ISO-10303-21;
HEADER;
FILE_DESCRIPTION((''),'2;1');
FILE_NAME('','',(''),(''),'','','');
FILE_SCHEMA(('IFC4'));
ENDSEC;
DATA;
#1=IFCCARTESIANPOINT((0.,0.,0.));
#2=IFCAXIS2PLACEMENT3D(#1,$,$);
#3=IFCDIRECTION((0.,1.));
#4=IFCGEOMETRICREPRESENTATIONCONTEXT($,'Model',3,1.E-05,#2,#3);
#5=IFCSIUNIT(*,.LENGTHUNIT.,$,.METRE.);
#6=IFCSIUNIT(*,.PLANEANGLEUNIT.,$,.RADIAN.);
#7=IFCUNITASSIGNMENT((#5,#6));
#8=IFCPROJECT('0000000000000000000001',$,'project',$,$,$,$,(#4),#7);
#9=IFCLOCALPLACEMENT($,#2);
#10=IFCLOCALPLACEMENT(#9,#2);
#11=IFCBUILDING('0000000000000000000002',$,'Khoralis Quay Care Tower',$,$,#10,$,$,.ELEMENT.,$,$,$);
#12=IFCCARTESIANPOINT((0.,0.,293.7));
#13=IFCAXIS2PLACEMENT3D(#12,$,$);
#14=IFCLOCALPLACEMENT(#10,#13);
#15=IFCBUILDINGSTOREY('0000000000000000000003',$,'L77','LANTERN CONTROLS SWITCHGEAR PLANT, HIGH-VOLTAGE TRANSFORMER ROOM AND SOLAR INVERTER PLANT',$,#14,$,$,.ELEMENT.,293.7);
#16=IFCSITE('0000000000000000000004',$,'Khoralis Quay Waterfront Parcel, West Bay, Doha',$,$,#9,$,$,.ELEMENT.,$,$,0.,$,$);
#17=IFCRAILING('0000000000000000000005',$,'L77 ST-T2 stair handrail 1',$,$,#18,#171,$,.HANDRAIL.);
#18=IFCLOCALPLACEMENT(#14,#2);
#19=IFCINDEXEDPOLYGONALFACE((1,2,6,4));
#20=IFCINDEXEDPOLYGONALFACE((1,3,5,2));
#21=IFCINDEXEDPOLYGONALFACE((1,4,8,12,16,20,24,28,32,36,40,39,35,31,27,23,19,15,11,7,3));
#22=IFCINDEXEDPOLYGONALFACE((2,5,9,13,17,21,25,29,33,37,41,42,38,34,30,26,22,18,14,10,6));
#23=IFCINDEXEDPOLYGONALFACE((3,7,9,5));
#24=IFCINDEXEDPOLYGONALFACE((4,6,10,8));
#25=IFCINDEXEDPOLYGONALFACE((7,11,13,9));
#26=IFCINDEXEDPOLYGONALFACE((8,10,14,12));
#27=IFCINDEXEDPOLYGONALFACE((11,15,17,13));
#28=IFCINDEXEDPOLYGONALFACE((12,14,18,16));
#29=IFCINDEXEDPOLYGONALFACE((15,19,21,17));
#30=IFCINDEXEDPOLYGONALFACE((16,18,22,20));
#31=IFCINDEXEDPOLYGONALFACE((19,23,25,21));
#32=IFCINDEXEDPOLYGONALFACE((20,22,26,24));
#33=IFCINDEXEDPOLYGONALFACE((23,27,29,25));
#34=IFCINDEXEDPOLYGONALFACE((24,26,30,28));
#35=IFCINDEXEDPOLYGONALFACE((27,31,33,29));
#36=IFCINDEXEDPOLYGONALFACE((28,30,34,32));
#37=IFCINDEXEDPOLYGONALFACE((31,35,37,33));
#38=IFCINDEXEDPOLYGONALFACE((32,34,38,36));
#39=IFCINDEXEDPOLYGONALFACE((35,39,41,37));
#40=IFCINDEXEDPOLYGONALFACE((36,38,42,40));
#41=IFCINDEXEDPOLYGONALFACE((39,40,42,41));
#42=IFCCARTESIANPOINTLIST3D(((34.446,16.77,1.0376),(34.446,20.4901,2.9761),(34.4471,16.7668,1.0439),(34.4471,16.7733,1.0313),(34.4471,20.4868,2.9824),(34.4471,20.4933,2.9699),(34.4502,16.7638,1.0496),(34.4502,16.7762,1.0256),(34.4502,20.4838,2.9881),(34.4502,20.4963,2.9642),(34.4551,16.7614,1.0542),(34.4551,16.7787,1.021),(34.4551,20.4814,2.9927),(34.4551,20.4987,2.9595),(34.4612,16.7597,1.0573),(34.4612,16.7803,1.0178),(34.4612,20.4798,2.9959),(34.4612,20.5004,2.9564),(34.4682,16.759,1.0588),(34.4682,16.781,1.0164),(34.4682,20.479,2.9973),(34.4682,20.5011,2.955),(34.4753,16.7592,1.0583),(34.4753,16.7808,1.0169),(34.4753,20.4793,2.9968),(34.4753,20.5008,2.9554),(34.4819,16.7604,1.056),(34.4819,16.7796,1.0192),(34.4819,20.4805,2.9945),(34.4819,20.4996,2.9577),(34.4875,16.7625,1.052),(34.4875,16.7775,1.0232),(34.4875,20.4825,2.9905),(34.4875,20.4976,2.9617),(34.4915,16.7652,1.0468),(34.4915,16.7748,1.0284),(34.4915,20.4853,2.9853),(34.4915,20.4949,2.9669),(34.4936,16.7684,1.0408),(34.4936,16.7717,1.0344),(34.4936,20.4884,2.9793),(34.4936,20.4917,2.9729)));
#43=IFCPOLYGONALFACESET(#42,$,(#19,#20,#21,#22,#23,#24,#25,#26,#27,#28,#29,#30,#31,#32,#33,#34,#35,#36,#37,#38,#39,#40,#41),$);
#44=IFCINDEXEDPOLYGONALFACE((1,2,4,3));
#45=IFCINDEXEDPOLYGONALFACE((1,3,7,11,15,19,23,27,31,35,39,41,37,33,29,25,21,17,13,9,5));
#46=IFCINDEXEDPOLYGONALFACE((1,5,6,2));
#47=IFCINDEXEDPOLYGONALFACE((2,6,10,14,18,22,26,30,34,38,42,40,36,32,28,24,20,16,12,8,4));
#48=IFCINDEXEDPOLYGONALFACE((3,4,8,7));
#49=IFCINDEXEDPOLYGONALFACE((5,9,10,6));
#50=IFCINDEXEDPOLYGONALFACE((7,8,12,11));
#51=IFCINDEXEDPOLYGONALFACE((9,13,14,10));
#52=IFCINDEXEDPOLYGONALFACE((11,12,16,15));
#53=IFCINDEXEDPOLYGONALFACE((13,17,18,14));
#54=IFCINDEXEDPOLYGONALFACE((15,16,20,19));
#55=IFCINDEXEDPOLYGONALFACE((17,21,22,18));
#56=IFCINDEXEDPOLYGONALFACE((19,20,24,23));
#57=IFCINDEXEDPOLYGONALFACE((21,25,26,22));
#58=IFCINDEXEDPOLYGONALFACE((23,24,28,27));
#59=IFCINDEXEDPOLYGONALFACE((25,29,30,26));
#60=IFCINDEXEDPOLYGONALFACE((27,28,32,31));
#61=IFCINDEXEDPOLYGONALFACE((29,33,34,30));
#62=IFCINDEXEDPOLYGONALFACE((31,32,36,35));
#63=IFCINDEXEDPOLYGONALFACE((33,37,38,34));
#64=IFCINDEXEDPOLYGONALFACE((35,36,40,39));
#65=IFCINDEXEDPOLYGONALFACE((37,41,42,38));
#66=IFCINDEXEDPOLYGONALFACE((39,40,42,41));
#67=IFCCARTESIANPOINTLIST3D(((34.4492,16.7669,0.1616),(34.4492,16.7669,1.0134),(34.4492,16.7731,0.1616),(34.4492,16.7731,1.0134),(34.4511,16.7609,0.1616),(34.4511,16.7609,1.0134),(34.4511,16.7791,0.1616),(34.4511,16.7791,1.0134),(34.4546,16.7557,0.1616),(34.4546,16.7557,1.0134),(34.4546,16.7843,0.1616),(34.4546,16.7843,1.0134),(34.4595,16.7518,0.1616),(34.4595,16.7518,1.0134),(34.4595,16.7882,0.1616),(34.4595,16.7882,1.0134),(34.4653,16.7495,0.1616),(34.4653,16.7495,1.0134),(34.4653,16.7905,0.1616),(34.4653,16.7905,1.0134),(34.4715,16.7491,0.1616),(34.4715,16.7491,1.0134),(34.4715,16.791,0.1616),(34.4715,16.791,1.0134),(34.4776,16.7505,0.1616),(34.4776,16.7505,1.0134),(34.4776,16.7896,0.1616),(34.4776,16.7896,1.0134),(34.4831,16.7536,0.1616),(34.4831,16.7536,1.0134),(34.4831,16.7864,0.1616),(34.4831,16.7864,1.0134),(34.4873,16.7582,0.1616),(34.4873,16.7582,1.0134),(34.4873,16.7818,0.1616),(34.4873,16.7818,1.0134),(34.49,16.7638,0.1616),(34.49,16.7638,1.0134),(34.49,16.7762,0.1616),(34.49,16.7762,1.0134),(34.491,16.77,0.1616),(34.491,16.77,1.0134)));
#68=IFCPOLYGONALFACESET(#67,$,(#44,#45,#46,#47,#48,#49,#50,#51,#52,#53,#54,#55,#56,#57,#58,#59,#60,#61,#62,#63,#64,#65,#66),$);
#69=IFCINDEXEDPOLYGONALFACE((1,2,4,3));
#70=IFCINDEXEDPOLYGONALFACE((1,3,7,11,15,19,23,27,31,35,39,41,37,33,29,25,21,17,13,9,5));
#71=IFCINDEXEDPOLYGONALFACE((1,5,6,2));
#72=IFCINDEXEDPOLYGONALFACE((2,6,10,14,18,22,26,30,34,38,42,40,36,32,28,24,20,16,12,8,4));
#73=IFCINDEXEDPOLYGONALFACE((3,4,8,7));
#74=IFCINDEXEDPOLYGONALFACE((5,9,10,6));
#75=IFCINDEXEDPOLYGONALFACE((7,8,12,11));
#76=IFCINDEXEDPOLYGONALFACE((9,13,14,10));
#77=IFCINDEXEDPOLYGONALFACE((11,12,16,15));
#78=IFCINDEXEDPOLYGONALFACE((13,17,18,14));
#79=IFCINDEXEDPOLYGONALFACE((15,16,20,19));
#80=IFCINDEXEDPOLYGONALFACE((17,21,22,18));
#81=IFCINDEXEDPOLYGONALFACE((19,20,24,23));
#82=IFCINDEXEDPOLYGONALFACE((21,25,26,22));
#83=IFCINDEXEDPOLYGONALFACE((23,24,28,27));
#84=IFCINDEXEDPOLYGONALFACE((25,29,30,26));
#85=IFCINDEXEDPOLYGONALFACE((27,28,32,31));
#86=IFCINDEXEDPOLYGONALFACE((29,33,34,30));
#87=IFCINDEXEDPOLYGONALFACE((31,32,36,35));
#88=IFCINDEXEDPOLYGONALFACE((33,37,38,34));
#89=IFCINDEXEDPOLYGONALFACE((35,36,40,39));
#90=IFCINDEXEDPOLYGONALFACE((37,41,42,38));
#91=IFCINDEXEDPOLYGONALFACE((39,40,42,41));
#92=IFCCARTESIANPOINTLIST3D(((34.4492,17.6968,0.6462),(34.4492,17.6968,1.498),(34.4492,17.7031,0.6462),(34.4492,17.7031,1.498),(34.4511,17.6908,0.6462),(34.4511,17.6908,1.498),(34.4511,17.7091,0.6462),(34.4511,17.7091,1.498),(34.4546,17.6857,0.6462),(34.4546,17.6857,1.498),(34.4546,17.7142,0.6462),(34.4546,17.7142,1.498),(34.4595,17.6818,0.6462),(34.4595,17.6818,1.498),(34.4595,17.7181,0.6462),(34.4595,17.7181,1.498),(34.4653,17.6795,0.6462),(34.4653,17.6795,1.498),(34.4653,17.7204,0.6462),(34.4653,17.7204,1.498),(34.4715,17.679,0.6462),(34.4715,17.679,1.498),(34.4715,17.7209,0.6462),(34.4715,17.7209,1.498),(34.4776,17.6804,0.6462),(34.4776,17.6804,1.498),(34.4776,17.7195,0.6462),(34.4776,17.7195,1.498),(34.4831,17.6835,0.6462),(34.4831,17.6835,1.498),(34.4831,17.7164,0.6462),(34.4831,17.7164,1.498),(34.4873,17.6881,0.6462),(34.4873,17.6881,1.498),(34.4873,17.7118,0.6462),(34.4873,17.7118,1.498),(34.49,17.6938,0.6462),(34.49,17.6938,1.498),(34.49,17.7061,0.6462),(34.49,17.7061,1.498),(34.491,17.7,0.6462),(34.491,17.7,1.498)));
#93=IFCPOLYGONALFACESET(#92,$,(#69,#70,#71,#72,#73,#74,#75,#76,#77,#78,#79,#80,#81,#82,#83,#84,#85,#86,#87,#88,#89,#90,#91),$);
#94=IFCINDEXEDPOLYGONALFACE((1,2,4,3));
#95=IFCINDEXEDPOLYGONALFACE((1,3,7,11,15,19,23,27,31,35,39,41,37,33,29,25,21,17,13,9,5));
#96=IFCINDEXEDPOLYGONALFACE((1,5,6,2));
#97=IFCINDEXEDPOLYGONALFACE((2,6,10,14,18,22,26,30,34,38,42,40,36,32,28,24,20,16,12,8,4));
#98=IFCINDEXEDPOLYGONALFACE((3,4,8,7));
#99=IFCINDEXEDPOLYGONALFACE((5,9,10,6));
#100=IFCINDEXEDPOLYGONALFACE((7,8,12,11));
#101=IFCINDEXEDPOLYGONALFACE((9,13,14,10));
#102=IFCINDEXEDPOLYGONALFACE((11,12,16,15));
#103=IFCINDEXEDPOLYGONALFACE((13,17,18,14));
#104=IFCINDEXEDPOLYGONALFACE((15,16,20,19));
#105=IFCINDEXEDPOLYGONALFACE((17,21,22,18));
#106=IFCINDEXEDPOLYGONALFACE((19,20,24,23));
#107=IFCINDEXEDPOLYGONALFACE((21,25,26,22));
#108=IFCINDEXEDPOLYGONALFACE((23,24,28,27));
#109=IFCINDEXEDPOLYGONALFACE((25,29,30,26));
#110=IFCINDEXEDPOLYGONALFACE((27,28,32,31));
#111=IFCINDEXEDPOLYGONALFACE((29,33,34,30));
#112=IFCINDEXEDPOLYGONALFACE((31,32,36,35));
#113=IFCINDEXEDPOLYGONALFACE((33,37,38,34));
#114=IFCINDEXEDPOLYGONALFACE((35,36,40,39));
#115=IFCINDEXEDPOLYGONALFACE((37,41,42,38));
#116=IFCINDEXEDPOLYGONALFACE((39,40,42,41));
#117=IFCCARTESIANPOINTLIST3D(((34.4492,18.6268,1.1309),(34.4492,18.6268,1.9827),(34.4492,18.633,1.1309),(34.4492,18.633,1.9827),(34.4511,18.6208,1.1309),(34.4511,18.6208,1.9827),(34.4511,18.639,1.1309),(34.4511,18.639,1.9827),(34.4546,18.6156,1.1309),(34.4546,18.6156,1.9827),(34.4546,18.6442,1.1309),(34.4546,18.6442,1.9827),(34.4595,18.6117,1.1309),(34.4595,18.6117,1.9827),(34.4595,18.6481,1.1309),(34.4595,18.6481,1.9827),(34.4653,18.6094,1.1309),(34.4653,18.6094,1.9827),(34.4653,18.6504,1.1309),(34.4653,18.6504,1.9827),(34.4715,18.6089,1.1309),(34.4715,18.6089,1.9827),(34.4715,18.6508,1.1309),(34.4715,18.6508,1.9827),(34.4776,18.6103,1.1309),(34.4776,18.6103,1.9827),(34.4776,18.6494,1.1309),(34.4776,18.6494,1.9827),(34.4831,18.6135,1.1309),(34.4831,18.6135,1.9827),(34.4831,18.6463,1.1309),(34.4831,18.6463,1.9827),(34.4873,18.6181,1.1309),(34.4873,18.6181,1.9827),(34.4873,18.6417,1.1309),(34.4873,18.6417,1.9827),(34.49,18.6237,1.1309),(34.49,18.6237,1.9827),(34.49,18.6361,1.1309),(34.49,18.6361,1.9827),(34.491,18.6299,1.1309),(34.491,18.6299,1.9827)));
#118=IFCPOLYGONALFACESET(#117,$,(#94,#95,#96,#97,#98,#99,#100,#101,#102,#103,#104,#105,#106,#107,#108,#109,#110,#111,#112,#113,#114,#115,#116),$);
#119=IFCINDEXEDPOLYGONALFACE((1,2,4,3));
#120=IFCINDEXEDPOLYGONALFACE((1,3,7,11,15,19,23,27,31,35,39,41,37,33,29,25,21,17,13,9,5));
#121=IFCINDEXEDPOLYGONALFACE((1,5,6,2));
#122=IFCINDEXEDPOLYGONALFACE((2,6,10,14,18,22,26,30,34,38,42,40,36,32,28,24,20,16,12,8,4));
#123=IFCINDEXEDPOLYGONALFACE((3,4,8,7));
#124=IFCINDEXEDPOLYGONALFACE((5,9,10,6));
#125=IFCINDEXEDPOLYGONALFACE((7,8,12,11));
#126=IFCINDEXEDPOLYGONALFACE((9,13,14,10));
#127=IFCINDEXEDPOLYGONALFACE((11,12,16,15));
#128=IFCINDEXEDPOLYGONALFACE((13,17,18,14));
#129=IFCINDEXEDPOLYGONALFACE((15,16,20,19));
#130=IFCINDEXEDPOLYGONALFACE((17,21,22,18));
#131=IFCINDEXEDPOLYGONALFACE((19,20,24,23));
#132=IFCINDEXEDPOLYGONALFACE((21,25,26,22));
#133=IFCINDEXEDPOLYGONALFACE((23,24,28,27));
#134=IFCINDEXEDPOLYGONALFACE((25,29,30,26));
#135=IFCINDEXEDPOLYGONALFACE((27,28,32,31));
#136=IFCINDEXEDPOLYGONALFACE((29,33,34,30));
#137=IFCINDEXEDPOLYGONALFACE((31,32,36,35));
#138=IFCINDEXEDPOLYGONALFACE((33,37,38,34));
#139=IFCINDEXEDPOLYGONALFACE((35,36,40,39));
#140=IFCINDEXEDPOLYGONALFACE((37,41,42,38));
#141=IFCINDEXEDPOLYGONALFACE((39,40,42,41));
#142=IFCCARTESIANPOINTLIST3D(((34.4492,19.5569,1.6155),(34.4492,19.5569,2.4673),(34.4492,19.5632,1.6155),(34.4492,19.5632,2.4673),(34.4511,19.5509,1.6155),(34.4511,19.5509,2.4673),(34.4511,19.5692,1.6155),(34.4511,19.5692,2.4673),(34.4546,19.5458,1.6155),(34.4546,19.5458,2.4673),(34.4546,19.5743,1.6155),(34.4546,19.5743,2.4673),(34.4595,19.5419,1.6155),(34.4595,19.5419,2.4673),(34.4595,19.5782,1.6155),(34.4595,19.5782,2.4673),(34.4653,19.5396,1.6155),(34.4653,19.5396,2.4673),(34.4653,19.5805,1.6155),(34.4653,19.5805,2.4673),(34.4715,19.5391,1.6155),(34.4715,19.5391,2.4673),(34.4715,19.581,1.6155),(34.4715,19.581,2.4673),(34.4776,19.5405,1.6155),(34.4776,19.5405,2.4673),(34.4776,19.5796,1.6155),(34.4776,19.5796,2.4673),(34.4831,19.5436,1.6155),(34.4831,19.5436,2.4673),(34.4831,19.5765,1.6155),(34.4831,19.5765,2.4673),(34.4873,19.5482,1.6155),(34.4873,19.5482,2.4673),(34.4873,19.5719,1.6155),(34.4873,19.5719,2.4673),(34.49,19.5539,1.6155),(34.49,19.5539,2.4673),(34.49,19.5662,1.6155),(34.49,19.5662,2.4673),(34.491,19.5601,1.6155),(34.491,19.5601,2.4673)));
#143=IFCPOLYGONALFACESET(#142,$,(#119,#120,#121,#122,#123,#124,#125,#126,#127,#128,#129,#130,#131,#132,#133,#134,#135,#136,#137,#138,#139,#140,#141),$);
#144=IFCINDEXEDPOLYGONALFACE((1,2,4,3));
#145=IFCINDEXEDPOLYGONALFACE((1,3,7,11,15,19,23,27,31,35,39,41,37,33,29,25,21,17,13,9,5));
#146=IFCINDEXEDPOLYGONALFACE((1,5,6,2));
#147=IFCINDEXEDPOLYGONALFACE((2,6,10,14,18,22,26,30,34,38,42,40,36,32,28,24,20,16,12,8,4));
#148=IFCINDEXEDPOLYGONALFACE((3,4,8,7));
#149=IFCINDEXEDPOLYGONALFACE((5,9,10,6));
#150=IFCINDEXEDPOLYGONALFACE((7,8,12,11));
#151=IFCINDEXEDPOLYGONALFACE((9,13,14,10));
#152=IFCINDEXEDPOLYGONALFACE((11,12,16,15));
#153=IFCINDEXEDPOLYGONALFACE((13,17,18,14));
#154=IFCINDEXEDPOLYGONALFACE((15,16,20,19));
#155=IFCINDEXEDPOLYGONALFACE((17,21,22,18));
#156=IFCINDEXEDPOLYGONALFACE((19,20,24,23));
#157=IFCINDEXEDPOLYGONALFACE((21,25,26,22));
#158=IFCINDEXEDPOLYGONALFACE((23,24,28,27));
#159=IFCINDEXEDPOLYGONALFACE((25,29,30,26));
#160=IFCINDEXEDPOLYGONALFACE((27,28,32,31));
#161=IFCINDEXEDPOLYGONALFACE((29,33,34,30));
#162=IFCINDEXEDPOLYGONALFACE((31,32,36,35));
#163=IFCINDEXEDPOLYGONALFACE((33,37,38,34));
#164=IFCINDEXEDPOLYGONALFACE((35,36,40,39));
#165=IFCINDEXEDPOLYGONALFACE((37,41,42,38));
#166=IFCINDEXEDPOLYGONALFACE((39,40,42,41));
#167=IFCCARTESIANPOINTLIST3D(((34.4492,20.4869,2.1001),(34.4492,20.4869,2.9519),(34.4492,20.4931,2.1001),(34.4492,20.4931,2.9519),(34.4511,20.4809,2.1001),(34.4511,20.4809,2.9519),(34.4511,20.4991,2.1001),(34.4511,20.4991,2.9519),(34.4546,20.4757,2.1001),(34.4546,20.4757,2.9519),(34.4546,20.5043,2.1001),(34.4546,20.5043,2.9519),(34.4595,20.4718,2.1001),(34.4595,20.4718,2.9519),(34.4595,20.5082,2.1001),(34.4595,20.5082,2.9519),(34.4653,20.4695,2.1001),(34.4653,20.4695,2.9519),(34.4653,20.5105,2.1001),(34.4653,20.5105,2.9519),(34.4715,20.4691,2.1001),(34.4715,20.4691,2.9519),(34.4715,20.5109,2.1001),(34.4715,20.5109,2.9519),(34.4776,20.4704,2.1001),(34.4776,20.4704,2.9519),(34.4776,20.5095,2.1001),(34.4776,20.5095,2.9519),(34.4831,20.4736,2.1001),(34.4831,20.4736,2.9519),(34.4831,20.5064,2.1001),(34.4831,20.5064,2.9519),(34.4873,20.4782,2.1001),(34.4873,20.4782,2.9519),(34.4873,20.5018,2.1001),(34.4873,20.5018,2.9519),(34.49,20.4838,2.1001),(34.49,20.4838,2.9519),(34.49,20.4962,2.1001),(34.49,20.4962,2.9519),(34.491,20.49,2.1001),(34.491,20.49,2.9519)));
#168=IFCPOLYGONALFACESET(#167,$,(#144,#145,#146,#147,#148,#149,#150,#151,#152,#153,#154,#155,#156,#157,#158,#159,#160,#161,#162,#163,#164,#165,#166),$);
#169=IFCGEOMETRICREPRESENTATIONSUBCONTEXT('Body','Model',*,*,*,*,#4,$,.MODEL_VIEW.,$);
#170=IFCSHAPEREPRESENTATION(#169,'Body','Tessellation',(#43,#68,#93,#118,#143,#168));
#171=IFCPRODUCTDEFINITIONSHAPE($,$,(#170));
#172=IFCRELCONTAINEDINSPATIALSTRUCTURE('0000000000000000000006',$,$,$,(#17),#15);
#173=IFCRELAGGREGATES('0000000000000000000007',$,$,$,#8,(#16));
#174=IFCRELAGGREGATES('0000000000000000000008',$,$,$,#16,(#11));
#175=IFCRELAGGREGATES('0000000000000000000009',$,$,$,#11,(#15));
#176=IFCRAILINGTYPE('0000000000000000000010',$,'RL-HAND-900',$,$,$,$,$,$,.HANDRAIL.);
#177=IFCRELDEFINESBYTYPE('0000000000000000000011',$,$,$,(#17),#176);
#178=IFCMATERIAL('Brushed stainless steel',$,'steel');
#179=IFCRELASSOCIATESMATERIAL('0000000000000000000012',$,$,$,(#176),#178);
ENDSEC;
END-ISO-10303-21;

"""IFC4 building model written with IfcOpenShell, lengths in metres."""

from ifc_helpers import new_model, si_unit, direction, frame, origin, origin_2d, place, context, subcontext, project, spatial, circle, extrude, material, type_object, element, save


model = new_model("IFC4")

# Units and contexts
model_context = context("Model", 3, precision=1e-05, world=origin(), true_north=direction((0.0, 1.0)))
body_context = subcontext(model_context, "Body", "Model", "MODEL_VIEW")
ifc_project = project(units=[si_unit("LENGTHUNIT", "METRE"), si_unit("PLANEANGLEUNIT", "RADIAN")], contexts=[model_context])

# Site, building, storey
site_placement = place(None, origin())
site = spatial("IfcSite", under=ifc_project, at=site_placement, Name="Khoralis Quay Waterfront Parcel, West Bay, Doha", CompositionType="ELEMENT", RefElevation=0.0)
building_placement = place(site_placement, origin())
building = spatial("IfcBuilding", under=site, at=building_placement, Name="Khoralis Quay Care Tower", CompositionType="ELEMENT")
storey_placement = place(building_placement, frame((0.0, 0.0, 293.7)))
storey = spatial("IfcBuildingStorey", under=building, at=storey_placement, Name="L77", Description="LANTERN CONTROLS SWITCHGEAR PLANT, HIGH-VOLTAGE TRANSFORMER ROOM AND SOLAR INVERTER PLANT", CompositionType="ELEMENT", Elevation=293.7)

# Shared definitions
ifc_material_1 = material(Name="Brushed stainless steel", Category="steel")

# Railing
railing_type_1 = type_object("IfcRailingType", Name="RL-HAND-900", PredefinedType="HANDRAIL", material=ifc_material_1)
railing_1_placement = place(storey_placement, frame((34.47, 16.77, 0.1616)))
element("IfcRailing", 1, at=railing_1_placement, inside=storey, type_object=railing_type_1, Name="L77 ST-T2 stair handrail 1", PredefinedType="HANDRAIL", context=body_context, shape_type="SweptSolid", body=[
    extrude(circle(Radius=0.0239, at=origin_2d()), frame((0.0, 0.0, 0.876), z_axis=(0.0, 0.886817, 0.46212), x_axis=(-1.0, 0.0, 0.0)), (0.0, 0.0, 1.0), 4.1948),
    extrude(circle(Radius=0.021, at=origin_2d()), origin(), (0.0, 0.0, 1.0), 0.8518),
    extrude(circle(Radius=0.021, at=origin_2d()), frame((0.0, 0.9299, 0.4846)), (0.0, 0.0, 1.0), 0.8518),
    extrude(circle(Radius=0.021, at=origin_2d()), frame((0.0, 1.8599, 0.9692)), (0.0, 0.0, 1.0), 0.8518),
    extrude(circle(Radius=0.021, at=origin_2d()), frame((0.0, 2.79, 1.4539)), (0.0, 0.0, 1.0), 0.8518),
    extrude(circle(Radius=0.021, at=origin_2d()), frame((0.0, 3.72, 1.9385)), (0.0, 0.0, 1.0), 0.8518),
])

save(model, "model.ifc")
